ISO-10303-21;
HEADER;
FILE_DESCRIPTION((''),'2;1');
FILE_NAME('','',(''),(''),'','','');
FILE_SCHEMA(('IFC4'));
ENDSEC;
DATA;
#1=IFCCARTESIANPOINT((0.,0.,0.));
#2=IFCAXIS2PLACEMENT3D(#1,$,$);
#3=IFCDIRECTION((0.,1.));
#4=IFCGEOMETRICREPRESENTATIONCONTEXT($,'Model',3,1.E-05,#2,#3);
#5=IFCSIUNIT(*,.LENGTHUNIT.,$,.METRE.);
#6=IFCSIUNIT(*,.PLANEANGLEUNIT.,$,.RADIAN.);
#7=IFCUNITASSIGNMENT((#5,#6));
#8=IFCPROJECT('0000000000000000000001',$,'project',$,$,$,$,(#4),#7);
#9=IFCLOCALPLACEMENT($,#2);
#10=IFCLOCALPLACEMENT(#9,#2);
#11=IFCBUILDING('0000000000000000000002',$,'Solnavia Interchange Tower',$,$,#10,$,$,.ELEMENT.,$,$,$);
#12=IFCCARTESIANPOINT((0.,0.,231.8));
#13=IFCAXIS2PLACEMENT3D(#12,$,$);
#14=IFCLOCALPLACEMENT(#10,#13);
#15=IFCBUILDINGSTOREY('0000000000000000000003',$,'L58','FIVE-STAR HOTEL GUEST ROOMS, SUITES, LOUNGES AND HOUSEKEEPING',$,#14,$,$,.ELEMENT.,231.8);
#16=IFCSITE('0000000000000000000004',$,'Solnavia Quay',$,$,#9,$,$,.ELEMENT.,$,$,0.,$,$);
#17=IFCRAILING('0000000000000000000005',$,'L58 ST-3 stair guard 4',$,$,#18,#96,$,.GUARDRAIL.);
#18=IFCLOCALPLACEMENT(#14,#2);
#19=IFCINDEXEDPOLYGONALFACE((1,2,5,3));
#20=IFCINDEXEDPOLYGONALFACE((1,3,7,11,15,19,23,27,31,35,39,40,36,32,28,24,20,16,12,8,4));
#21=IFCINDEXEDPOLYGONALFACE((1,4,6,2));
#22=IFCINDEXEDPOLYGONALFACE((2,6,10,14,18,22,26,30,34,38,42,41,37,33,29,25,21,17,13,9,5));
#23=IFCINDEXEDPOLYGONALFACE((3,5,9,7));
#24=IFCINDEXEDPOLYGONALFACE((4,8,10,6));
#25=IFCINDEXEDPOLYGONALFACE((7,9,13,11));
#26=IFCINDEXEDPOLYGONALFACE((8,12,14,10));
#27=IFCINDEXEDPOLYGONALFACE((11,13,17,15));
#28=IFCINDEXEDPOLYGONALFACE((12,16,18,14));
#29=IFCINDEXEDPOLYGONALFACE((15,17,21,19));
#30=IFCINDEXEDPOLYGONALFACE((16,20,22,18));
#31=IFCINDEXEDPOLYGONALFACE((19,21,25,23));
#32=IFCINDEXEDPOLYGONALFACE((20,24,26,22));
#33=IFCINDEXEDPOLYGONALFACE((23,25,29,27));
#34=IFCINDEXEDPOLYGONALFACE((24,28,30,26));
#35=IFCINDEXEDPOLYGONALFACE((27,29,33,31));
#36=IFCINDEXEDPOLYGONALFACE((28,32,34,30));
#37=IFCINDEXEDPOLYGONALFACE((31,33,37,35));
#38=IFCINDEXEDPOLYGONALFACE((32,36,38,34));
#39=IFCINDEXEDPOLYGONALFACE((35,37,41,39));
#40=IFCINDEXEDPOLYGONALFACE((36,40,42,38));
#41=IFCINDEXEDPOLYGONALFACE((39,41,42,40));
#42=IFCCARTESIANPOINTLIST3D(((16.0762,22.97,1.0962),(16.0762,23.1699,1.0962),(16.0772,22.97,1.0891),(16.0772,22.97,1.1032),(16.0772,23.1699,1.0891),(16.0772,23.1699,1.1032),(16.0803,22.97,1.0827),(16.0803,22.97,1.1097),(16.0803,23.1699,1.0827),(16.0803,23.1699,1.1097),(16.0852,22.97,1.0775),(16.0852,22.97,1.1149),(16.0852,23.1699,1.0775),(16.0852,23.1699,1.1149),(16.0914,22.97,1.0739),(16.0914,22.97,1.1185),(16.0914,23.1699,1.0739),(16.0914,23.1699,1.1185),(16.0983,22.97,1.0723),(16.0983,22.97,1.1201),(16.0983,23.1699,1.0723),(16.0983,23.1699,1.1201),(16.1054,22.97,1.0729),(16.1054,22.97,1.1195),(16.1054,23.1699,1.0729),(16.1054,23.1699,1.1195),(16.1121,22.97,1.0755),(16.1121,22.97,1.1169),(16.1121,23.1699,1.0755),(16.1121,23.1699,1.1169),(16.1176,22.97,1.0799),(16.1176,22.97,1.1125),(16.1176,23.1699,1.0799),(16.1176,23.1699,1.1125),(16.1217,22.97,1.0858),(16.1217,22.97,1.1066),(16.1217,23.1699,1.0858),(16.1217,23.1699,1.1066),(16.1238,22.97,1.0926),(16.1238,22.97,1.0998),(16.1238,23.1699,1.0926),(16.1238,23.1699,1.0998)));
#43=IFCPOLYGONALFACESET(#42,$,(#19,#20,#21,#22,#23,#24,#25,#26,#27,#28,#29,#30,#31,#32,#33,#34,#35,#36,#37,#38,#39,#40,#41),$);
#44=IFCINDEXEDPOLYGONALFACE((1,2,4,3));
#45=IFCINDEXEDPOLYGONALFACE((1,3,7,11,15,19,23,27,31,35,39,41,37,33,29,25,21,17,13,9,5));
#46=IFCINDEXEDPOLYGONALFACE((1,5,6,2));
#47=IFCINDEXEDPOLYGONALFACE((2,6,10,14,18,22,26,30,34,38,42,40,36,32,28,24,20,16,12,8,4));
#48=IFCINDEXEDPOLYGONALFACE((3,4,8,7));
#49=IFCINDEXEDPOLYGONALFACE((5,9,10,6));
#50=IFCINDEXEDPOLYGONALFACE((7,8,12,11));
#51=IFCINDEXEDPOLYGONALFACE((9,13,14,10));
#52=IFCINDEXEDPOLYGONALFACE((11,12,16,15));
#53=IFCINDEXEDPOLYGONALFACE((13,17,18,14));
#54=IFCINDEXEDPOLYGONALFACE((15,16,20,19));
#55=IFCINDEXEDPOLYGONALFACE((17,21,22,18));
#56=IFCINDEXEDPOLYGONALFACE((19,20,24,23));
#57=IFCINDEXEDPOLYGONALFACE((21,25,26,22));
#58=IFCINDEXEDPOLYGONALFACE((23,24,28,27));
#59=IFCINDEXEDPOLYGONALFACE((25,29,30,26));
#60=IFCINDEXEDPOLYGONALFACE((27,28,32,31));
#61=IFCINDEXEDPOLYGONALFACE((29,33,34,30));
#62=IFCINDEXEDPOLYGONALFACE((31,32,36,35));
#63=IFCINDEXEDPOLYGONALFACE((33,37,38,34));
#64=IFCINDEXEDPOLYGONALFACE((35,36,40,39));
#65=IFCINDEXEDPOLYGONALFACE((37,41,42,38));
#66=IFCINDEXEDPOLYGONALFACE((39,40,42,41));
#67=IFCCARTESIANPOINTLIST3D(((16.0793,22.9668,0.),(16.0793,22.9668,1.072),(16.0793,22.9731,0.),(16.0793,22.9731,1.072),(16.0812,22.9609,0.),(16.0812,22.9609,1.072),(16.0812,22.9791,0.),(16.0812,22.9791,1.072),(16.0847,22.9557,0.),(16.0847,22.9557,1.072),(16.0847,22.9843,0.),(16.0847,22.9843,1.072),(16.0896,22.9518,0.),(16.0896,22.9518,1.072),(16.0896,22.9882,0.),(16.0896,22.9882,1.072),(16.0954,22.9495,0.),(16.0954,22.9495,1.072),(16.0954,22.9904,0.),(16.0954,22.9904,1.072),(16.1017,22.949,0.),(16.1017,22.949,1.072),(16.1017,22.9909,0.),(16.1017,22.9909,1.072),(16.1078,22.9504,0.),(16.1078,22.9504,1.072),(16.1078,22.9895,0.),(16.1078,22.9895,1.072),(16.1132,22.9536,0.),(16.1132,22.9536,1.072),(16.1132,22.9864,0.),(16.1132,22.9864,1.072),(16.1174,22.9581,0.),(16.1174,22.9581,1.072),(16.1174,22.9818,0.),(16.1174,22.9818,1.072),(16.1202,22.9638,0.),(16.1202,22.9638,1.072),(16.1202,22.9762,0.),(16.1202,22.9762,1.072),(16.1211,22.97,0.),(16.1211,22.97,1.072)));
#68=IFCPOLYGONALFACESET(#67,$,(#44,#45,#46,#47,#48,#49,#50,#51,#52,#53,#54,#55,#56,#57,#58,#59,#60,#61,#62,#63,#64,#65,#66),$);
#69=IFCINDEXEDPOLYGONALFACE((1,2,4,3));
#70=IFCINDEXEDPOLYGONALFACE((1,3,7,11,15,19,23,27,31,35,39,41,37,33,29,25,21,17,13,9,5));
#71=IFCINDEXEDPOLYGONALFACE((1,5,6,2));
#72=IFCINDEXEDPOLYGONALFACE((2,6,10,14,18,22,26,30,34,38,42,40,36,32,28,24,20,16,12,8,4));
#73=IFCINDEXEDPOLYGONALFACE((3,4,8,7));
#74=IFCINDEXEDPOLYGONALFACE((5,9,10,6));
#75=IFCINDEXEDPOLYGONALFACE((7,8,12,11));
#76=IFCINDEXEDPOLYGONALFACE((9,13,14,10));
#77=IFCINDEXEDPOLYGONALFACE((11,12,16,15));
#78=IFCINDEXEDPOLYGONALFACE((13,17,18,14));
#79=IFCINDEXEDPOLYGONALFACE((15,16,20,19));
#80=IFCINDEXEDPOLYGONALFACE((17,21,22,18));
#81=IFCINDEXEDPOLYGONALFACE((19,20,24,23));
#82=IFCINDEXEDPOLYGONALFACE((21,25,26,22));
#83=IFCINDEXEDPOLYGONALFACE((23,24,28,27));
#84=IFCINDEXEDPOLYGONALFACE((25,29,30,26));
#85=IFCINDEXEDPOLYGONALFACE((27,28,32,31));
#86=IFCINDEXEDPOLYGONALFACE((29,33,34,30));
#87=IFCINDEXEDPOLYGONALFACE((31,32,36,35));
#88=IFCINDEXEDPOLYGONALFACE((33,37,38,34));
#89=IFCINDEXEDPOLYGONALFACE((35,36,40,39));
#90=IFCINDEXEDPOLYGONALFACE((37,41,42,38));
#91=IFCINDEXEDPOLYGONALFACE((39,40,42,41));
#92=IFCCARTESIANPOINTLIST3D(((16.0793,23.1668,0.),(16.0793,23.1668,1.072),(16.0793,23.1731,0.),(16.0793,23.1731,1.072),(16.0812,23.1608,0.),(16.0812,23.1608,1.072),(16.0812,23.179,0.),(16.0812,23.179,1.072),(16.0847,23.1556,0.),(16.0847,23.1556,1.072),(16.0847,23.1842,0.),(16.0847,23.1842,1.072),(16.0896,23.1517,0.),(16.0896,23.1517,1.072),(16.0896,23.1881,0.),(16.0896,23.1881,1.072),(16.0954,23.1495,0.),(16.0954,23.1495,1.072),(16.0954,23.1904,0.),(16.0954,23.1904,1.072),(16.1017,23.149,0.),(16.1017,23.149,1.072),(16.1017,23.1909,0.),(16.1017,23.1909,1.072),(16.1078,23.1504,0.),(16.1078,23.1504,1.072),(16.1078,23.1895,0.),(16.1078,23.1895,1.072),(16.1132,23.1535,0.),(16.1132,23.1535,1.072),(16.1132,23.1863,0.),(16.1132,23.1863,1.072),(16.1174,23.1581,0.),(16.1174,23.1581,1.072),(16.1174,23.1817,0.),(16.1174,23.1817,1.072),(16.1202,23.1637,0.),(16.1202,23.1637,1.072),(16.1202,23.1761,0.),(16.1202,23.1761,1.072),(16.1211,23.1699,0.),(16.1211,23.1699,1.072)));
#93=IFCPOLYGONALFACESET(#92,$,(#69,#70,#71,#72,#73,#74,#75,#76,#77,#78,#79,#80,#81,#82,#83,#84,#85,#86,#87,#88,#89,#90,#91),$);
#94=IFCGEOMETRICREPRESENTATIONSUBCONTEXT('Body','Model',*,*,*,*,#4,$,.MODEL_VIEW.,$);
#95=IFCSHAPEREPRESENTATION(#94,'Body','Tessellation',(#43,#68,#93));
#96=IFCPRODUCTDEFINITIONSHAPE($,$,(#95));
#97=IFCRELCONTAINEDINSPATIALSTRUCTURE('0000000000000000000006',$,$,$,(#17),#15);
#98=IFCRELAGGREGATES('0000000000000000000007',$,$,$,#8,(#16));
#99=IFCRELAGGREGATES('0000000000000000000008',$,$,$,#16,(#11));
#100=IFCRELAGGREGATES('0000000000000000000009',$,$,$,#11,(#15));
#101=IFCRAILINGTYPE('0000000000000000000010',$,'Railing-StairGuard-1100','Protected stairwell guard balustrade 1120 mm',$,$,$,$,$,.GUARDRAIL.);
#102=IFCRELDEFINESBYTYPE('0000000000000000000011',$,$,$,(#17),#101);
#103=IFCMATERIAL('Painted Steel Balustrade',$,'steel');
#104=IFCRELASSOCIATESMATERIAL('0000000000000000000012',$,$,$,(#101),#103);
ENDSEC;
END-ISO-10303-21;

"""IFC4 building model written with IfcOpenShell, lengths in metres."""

from ifc_helpers import new_model, si_unit, direction, frame, origin, origin_2d, place, context, subcontext, project, spatial, circle, extrude, material, type_object, element, save


model = new_model("IFC4")

# Units and contexts
model_context = context("Model", 3, precision=1e-05, world=origin(), true_north=direction((0.0, 1.0)))
body_context = subcontext(model_context, "Body", "Model", "MODEL_VIEW")
ifc_project = project(units=[si_unit("LENGTHUNIT", "METRE"), si_unit("PLANEANGLEUNIT", "RADIAN")], contexts=[model_context])

# Site, building, storey
site_placement = place(None, origin())
site = spatial("IfcSite", under=ifc_project, at=site_placement, Name="Solnavia Quay", CompositionType="ELEMENT", RefElevation=0.0)
building_placement = place(site_placement, origin())
building = spatial("IfcBuilding", under=site, at=building_placement, Name="Solnavia Interchange Tower", CompositionType="ELEMENT")
storey_placement = place(building_placement, frame((0.0, 0.0, 231.8)))
storey = spatial("IfcBuildingStorey", under=building, at=storey_placement, Name="L58", Description="FIVE-STAR HOTEL GUEST ROOMS, SUITES, LOUNGES AND HOUSEKEEPING", CompositionType="ELEMENT", Elevation=231.8)

# Railing
ifc_material_1 = material(Name="Painted Steel Balustrade", Category="steel")
railing_type_1 = type_object("IfcRailingType", Name="Railing-StairGuard-1100", Description="Protected stairwell guard balustrade 1120 mm", PredefinedType="GUARDRAIL", material=ifc_material_1)
railing_1_placement = place(storey_placement, frame((16.1001, 22.97, 0.0)))
element("IfcRailing", 1, at=railing_1_placement, inside=storey, type_object=railing_type_1, Name="L58 ST-3 stair guard 4", PredefinedType="GUARDRAIL", context=body_context, shape_type="SweptSolid", body=[
    extrude(circle(Radius=0.0239, at=origin_2d()), frame((0.0, 0.0, 1.0962), z_axis=(0.0, 1.0, 0.0), x_axis=(-1.0, 0.0, 0.0)), (0.0, 0.0, 1.0), 0.2),
    extrude(circle(Radius=0.021, at=origin_2d()), origin(), (0.0, 0.0, 1.0), 1.072),
    extrude(circle(Radius=0.021, at=origin_2d()), frame((0.0, 0.2, 0.0)), (0.0, 0.0, 1.0), 1.072),
])

save(model, "model.ifc")
